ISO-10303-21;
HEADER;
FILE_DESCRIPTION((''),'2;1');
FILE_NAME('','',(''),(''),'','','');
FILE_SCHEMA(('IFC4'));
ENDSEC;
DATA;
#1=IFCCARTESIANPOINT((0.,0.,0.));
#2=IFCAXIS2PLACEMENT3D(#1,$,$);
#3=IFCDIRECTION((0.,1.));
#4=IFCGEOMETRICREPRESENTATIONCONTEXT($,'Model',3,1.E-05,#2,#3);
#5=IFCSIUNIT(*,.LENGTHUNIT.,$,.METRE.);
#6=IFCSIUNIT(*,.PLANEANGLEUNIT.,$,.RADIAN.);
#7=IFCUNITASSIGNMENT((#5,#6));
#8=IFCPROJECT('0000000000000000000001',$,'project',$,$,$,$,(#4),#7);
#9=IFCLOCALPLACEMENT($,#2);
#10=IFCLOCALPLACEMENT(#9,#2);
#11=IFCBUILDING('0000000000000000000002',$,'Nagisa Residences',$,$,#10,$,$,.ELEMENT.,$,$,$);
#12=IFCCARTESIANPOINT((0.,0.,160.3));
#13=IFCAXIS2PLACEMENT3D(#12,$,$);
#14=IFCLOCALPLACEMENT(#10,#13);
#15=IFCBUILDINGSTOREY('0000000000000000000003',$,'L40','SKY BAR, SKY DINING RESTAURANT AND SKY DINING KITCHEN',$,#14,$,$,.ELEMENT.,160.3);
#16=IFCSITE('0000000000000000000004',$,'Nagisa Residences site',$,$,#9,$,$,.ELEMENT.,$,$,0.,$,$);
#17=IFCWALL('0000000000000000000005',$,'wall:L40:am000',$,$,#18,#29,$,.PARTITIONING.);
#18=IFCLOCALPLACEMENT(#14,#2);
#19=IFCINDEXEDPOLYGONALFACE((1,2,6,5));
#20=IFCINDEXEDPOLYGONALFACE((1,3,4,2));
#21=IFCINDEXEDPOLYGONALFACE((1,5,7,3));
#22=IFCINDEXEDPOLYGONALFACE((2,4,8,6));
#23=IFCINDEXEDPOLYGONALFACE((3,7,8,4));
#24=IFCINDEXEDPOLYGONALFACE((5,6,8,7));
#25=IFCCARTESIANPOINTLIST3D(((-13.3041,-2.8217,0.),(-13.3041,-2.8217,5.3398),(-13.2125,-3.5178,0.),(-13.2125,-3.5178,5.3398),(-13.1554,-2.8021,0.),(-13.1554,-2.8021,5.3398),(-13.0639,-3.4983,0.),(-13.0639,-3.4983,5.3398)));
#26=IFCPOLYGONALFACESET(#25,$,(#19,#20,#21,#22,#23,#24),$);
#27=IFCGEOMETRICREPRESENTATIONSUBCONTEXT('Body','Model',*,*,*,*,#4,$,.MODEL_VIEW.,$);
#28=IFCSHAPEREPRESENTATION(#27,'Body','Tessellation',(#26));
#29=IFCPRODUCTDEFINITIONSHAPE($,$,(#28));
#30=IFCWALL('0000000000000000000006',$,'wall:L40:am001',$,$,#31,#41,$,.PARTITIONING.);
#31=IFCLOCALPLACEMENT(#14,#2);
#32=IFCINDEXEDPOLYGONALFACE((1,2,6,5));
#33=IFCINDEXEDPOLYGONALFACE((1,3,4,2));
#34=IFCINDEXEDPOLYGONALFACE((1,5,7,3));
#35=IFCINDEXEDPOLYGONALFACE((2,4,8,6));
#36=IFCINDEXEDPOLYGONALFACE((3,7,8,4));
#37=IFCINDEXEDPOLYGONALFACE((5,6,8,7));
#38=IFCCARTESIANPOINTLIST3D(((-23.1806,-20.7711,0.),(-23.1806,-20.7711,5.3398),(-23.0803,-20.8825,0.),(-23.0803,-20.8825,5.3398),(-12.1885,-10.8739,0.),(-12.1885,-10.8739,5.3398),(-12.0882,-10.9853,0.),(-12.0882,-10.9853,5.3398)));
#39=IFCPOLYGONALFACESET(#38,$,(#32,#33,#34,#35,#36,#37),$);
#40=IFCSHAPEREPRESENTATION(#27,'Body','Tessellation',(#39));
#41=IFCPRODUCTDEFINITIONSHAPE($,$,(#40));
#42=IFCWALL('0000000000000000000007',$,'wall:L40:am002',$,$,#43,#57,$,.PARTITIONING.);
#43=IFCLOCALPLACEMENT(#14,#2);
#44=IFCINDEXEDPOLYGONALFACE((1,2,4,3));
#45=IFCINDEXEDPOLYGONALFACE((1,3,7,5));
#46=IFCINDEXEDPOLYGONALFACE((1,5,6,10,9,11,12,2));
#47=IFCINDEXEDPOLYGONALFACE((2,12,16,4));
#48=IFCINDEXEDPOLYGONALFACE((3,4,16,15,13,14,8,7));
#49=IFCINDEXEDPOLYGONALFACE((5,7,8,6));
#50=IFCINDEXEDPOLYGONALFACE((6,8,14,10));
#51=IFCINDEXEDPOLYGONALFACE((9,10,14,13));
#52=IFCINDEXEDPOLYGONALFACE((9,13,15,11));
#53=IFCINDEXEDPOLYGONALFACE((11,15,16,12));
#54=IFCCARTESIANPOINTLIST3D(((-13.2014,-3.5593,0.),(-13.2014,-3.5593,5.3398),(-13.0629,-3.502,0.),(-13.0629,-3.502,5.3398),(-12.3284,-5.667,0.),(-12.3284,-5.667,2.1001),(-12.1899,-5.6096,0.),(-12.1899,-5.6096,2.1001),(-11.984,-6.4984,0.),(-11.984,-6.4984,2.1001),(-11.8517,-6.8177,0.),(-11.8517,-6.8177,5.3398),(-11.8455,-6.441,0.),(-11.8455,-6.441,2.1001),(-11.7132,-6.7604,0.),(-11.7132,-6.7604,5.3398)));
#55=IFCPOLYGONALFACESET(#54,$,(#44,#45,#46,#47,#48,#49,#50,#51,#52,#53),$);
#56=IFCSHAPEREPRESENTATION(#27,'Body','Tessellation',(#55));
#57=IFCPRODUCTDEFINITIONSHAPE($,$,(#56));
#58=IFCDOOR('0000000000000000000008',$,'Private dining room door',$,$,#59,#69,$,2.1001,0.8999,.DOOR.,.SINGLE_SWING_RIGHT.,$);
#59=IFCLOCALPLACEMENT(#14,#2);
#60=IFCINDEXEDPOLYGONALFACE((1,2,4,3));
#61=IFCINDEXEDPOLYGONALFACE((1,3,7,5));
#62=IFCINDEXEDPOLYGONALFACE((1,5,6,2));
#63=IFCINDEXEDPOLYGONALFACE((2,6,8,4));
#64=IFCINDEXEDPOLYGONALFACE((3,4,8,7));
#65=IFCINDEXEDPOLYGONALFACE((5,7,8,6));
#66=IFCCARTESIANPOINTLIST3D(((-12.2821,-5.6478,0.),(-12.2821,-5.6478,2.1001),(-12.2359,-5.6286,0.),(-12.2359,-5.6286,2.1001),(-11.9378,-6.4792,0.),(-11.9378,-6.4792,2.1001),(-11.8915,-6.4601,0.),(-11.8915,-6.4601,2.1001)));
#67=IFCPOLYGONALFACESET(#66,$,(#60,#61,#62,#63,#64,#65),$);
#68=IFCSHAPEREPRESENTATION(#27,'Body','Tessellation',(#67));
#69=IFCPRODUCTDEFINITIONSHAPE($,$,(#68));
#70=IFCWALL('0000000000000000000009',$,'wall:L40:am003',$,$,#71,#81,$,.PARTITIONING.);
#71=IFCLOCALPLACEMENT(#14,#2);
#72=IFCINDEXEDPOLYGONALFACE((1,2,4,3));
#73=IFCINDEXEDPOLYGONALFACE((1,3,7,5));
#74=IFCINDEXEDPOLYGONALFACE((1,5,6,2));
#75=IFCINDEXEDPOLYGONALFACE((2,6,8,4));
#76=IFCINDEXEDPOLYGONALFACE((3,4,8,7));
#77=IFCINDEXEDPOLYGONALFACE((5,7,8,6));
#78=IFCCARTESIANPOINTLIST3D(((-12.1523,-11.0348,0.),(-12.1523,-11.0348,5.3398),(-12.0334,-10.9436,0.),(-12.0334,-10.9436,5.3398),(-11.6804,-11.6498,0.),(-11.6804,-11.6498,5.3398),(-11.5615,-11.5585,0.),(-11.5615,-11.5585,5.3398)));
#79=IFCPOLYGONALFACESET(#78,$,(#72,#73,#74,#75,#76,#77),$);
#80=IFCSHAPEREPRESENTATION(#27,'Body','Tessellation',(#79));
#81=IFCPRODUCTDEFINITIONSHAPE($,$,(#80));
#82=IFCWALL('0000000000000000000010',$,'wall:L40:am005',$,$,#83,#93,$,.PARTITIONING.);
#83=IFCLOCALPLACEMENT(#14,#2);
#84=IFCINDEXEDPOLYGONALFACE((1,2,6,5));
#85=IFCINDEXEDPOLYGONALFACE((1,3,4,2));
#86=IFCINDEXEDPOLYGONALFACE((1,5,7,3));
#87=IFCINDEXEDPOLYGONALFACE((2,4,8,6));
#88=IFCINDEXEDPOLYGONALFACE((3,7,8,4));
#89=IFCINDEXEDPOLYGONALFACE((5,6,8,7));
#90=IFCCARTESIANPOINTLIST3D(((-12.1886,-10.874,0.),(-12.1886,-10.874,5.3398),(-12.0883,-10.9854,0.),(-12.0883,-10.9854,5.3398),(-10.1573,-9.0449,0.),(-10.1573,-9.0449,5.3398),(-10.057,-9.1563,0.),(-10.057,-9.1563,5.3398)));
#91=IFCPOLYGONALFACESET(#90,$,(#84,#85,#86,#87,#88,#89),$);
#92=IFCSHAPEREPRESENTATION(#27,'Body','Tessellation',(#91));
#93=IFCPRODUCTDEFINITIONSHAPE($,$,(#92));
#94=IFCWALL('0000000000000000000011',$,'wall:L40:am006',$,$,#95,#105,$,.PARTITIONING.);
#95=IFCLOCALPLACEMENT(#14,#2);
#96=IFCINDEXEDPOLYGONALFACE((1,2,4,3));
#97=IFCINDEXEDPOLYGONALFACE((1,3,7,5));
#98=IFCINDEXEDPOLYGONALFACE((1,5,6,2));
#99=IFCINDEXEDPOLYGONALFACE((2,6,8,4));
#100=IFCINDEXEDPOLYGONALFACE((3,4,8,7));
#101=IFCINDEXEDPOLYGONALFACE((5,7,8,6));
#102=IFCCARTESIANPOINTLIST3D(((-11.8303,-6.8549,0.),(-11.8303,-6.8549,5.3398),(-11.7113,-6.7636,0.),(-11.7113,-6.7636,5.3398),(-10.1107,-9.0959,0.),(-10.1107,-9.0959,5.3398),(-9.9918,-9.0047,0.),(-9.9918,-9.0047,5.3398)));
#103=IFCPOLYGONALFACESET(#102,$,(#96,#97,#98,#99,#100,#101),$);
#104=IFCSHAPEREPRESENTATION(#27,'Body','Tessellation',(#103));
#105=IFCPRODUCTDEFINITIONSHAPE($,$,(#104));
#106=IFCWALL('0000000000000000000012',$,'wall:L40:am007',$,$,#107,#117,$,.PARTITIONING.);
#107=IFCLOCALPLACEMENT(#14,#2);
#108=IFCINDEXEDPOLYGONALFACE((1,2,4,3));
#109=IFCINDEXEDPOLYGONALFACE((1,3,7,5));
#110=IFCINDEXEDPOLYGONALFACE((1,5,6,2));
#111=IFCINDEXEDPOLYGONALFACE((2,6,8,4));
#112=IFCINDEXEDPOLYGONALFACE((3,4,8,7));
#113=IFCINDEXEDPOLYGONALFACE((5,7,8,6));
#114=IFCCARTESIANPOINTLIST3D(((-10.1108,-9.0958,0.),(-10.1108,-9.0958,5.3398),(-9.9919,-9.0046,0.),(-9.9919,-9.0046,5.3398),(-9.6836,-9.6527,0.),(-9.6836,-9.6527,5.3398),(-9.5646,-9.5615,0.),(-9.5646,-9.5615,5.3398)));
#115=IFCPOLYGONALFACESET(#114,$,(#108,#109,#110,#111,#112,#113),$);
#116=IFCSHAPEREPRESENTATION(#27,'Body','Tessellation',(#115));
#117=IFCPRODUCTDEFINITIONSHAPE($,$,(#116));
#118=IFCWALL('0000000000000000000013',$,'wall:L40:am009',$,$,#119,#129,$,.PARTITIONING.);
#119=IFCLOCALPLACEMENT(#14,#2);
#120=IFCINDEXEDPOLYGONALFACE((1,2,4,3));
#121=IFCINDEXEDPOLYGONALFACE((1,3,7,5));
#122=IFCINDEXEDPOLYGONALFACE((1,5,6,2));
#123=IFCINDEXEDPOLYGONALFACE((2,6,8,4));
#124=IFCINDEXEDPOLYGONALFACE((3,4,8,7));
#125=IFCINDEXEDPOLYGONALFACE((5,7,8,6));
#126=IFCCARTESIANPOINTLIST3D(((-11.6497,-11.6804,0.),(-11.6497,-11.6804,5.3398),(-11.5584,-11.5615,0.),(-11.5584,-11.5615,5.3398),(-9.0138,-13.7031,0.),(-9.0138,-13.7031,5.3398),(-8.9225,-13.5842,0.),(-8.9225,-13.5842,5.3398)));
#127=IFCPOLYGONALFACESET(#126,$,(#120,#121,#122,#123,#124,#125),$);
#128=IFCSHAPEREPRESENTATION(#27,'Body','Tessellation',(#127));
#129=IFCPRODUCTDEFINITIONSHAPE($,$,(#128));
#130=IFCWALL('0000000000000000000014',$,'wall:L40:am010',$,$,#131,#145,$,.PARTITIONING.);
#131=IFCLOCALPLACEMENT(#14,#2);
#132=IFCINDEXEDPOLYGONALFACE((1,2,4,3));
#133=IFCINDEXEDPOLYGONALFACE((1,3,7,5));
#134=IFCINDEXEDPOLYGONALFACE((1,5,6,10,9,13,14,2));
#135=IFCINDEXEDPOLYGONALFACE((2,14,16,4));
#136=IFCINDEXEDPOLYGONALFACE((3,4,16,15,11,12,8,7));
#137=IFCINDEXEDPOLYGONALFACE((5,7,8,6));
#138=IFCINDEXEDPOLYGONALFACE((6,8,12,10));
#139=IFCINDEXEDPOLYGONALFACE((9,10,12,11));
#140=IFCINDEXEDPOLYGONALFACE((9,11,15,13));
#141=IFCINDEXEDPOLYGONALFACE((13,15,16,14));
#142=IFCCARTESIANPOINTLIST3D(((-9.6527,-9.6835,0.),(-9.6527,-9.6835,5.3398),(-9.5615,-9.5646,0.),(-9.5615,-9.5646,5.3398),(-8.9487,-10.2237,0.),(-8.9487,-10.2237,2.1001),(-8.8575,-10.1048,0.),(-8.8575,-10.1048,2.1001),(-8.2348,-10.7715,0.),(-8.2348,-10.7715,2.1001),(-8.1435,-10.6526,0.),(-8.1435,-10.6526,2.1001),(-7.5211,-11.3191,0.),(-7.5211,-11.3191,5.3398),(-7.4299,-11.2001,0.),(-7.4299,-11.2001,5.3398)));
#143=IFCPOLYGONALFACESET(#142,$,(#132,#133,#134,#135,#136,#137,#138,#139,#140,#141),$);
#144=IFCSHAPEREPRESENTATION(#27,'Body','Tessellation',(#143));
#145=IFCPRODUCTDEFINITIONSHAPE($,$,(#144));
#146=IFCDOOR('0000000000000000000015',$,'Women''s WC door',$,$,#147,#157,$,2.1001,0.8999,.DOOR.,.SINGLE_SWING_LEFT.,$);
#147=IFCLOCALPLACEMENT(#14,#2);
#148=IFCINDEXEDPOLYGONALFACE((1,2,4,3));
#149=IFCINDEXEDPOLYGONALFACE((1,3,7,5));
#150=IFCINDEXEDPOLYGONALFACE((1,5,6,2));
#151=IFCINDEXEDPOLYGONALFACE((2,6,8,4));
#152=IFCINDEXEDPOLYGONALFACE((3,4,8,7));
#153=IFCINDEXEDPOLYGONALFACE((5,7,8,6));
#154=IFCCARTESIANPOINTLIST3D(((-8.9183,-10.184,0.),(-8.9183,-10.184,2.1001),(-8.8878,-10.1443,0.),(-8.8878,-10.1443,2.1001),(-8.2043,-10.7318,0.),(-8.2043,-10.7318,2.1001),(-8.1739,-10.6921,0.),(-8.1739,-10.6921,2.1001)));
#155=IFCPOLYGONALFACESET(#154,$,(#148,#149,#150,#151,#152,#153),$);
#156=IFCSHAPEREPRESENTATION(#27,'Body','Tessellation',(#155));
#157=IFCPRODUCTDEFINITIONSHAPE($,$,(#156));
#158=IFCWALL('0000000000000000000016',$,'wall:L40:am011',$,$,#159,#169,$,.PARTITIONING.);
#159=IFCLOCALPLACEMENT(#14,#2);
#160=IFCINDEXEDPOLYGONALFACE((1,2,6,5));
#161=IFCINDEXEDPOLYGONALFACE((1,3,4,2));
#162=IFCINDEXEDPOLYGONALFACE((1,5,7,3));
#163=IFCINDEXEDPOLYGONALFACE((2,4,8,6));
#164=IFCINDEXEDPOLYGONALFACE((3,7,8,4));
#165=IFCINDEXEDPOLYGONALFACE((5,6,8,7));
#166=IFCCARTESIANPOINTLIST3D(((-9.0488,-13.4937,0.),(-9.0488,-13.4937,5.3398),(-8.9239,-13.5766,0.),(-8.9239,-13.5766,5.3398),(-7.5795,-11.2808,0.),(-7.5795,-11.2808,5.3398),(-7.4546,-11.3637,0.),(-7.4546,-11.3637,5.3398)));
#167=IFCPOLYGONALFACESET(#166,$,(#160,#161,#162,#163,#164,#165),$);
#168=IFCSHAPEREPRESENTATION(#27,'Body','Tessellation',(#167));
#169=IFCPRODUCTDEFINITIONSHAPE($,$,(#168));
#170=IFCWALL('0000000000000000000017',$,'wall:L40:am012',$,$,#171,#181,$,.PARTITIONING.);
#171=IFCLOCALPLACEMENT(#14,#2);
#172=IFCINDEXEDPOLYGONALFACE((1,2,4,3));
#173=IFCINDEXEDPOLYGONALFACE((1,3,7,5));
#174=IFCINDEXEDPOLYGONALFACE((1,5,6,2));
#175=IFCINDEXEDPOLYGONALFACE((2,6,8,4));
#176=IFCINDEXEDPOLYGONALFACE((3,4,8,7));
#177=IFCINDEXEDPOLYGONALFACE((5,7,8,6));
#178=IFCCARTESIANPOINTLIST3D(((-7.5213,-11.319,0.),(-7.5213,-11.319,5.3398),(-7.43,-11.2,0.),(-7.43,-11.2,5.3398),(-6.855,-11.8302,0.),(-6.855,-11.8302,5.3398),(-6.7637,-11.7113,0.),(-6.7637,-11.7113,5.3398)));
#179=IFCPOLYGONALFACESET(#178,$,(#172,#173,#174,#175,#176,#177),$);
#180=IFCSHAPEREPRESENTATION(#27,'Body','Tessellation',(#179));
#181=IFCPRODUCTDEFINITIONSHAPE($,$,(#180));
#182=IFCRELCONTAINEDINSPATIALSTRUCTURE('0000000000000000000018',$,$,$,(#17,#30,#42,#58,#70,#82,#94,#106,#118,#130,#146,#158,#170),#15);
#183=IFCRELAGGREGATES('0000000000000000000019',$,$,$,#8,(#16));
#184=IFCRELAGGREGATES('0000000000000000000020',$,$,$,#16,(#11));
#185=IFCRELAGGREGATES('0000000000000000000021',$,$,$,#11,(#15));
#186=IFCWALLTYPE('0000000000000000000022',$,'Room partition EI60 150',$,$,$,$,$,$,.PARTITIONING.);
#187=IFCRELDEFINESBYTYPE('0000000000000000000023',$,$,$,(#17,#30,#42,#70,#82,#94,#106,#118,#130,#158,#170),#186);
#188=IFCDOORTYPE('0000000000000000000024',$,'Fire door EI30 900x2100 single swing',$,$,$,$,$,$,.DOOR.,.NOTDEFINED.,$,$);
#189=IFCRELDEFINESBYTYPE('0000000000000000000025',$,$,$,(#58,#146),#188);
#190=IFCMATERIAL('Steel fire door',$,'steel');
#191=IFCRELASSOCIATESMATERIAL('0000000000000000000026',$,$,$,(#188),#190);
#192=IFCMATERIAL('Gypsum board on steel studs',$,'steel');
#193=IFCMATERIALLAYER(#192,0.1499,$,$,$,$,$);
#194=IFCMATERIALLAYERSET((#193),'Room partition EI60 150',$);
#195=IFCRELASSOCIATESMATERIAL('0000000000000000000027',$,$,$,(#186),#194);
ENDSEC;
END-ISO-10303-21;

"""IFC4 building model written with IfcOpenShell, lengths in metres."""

from ifc_helpers import new_model, si_unit, direction, frame, frame_2d, origin, place, context, subcontext, project, spatial, rectangle, extrude, material, layer, layer_set, type_object, element, fill, save


model = new_model("IFC4")

# Units and contexts
model_context = context("Model", 3, precision=1e-05, world=origin(), true_north=direction((0.0, 1.0)))
body_context = subcontext(model_context, "Body", "Model", "MODEL_VIEW")
ifc_project = project(units=[si_unit("LENGTHUNIT", "METRE"), si_unit("PLANEANGLEUNIT", "RADIAN")], contexts=[model_context])

# Site, building, storey
site_placement = place(None, origin())
site = spatial("IfcSite", under=ifc_project, at=site_placement, Name="Nagisa Residences site", CompositionType="ELEMENT", RefElevation=0.0)
building_placement = place(site_placement, origin())
building = spatial("IfcBuilding", under=site, at=building_placement, Name="Nagisa Residences", CompositionType="ELEMENT")
storey_placement = place(building_placement, frame((0.0, 0.0, 160.3)))
storey = spatial("IfcBuildingStorey", under=building, at=storey_placement, Name="L40", Description="SKY BAR, SKY DINING RESTAURANT AND SKY DINING KITCHEN", CompositionType="ELEMENT", Elevation=160.3)

# Shared definitions
ifc_material_1 = material(Name="Steel fire door", Category="steel")
door_type_1 = type_object("IfcDoorType", Name="Fire door EI30 900x2100 single swing", OperationType="NOTDEFINED", PredefinedType="DOOR", material=ifc_material_1)

# Walls
ifc_material_2 = material(Name="Gypsum board on steel studs", Category="steel")
ifc_layer_1 = layer(ifc_material_2, 0.1499)
ifc_layer_set_1 = layer_set([ifc_layer_1], Name="Room partition EI60 150")
wall_type_1 = type_object("IfcWallType", Name="Room partition EI60 150", PredefinedType="PARTITIONING", material=ifc_layer_set_1)
wall_1_placement = place(storey_placement, frame((-13.1382, -3.5081, 0.0), z_axis=(0.0, 0.0, 1.0), x_axis=(-0.13041, 0.99146, 0.0)))
element("IfcWall", 1, at=wall_1_placement, inside=storey, type_object=wall_type_1, Name="wall:L40:am000", PredefinedType="PARTITIONING", context=body_context, shape_type="SweptSolid", body=[
    extrude(rectangle(XDim=0.7021, YDim=0.1499, at=frame_2d((0.3511, 0.0))), origin(), (0.0, 0.0, 1.0), 5.3398),
])
wall_2_placement = place(storey_placement, frame((-12.1384, -10.9297, 0.0), z_axis=(0.0, 0.0, 1.0), x_axis=(-0.743151, -0.669123, 0.0)))
element("IfcWall", 2, at=wall_2_placement, inside=storey, type_object=wall_type_1, Name="wall:L40:am001", PredefinedType="PARTITIONING", context=body_context, shape_type="SweptSolid", body=[
    extrude(rectangle(XDim=14.7913, YDim=0.1499, at=frame_2d((7.3955, 0.0))), origin(), (0.0, 0.0, 1.0), 5.3398),
])

# Wall, opening, door
wall_3_placement = place(storey_placement, frame((-11.7825, -6.7891, 0.0), z_axis=(0.0, 0.0, 1.0), x_axis=(-0.382678, 0.923882, 0.0)))
wall_3 = element("IfcWall", 3, at=wall_3_placement, inside=storey, type_object=wall_type_1, Name="wall:L40:am002", PredefinedType="PARTITIONING", context=body_context, shape_type="SweptSolid", body=[
    extrude(rectangle(XDim=3.5269, YDim=0.1499, at=frame_2d((1.7634, 0.0))), origin(), (0.0, 0.0, 1.0), 5.3398),
])
opening_1_placement = place(wall_3_placement, frame((0.3457, 0.0, 0.0)))
opening_1 = element("IfcOpeningElement", 4, at=opening_1_placement, cuts=wall_3, PredefinedType="OPENING", context=body_context, shape_type="SweptSolid", body=[
    extrude(rectangle(XDim=0.8999, YDim=2.1001, at=frame_2d((0.45, 1.05))), frame((0.0, 0.085, 0.0), z_axis=(0.0, -1.0, 0.0), x_axis=(1.0, 0.0, 0.0)), (0.0, 0.0, 1.0), 0.1699),
])
door_1_placement = place(opening_1_placement, origin())
door_1 = element("IfcDoor", 5, at=door_1_placement, inside=storey, type_object=door_type_1, Name="Private dining room door", OperationType="SINGLE_SWING_RIGHT", OverallHeight=2.1001, OverallWidth=0.8999, PredefinedType="DOOR", context=body_context, shape_type="SweptSolid", body=[
    extrude(rectangle(XDim=0.8999, YDim=2.1001, at=frame_2d((0.45, 1.05))), frame((0.0, 0.0249, 0.0), z_axis=(0.0, -1.0, 0.0), x_axis=(1.0, 0.0, 0.0)), (0.0, 0.0, 1.0), 0.05),
])
fill(opening_1, door_1)

# Walls
wall_4_placement = place(storey_placement, frame((-11.6208, -11.6042, 0.0), z_axis=(0.0, 0.0, 1.0), x_axis=(-0.608782, 0.793338, 0.0)))
element("IfcWall", 6, at=wall_4_placement, inside=storey, type_object=wall_type_1, Name="wall:L40:am003", PredefinedType="PARTITIONING", context=body_context, shape_type="SweptSolid", body=[
    extrude(rectangle(XDim=0.7751, YDim=0.1499, at=frame_2d((0.3877, 0.0))), origin(), (0.0, 0.0, 1.0), 5.3398),
])
wall_5_placement = place(storey_placement, frame((-10.1072, -9.1006, 0.0), z_axis=(0.0, 0.0, 1.0), x_axis=(-0.743116, -0.669162, 0.0)))
element("IfcWall", 7, at=wall_5_placement, inside=storey, type_object=wall_type_1, Name="wall:L40:am005", PredefinedType="PARTITIONING", context=body_context, shape_type="SweptSolid", body=[
    extrude(rectangle(XDim=2.7334, YDim=0.1499, at=frame_2d((1.3667, 0.0))), origin(), (0.0, 0.0, 1.0), 5.3398),
])
wall_6_placement = place(storey_placement, frame((-10.0513, -9.0503, 0.0), z_axis=(0.0, 0.0, 1.0), x_axis=(-0.608745, 0.793366, 0.0)))
element("IfcWall", 8, at=wall_6_placement, inside=storey, type_object=wall_type_1, Name="wall:L40:am006", PredefinedType="PARTITIONING", context=body_context, shape_type="SweptSolid", body=[
    extrude(rectangle(XDim=2.8247, YDim=0.1499, at=frame_2d((1.4124, 0.0))), origin(), (0.0, 0.0, 1.0), 5.3398),
])
wall_7_placement = place(storey_placement, frame((-9.624, -9.6072, 0.0), z_axis=(0.0, 0.0, 1.0), x_axis=(-0.608702, 0.793399, 0.0)))
element("IfcWall", 9, at=wall_7_placement, inside=storey, type_object=wall_type_1, Name="wall:L40:am007", PredefinedType="PARTITIONING", context=body_context, shape_type="SweptSolid", body=[
    extrude(rectangle(XDim=0.7019, YDim=0.1499, at=frame_2d((0.3511, 0.0))), origin(), (0.0, 0.0, 1.0), 5.3398),
])
wall_8_placement = place(storey_placement, frame((-8.9683, -13.6436, 0.0), z_axis=(0.0, 0.0, 1.0), x_axis=(-0.793347, 0.608769, 0.0)))
element("IfcWall", 10, at=wall_8_placement, inside=storey, type_object=wall_type_1, Name="wall:L40:am009", PredefinedType="PARTITIONING", context=body_context, shape_type="SweptSolid", body=[
    extrude(rectangle(XDim=3.3225, YDim=0.1499, at=frame_2d((1.6611, 0.0))), origin(), (0.0, 0.0, 1.0), 5.3398),
])

# Wall, opening, door
wall_9_placement = place(storey_placement, frame((-7.4756, -11.2595, 0.0), z_axis=(0.0, 0.0, 1.0), x_axis=(-0.793377, 0.608731, 0.0)))
wall_9 = element("IfcWall", 11, at=wall_9_placement, inside=storey, type_object=wall_type_1, Name="wall:L40:am010", PredefinedType="PARTITIONING", context=body_context, shape_type="SweptSolid", body=[
    extrude(rectangle(XDim=2.6868, YDim=0.1499, at=frame_2d((1.3433, 0.0))), origin(), (0.0, 0.0, 1.0), 5.3398),
])
opening_2_placement = place(wall_9_placement, frame((0.8994, 0.0, 0.0)))
opening_2 = element("IfcOpeningElement", 12, at=opening_2_placement, cuts=wall_9, PredefinedType="OPENING", context=body_context, shape_type="SweptSolid", body=[
    extrude(rectangle(XDim=0.8999, YDim=2.1001, at=frame_2d((0.45, 1.05))), frame((0.0, 0.085, 0.0), z_axis=(0.0, -1.0, 0.0), x_axis=(1.0, 0.0, 0.0)), (0.0, 0.0, 1.0), 0.1699),
])
door_2_placement = place(opening_2_placement, origin())
door_2 = element("IfcDoor", 13, at=door_2_placement, inside=storey, type_object=door_type_1, Name="Women's WC door", OperationType="SINGLE_SWING_LEFT", OverallHeight=2.1001, OverallWidth=0.8999, PredefinedType="DOOR", context=body_context, shape_type="SweptSolid", body=[
    extrude(rectangle(XDim=0.8999, YDim=2.1001, at=frame_2d((0.45, 1.05))), frame((0.0, 0.0249, 0.0), z_axis=(0.0, -1.0, 0.0), x_axis=(1.0, 0.0, 0.0)), (0.0, 0.0, 1.0), 0.05),
])
fill(opening_2, door_2)

# Walls
wall_10_placement = place(storey_placement, frame((-7.5171, -11.3223, 0.0), z_axis=(0.0, 0.0, 1.0), x_axis=(-0.55313, -0.833095, 0.0)))
element("IfcWall", 14, at=wall_10_placement, inside=storey, type_object=wall_type_1, Name="wall:L40:am011", PredefinedType="PARTITIONING", context=body_context, shape_type="SweptSolid", body=[
    extrude(rectangle(XDim=2.6562, YDim=0.1499, at=frame_2d((1.3281, 0.0))), origin(), (0.0, 0.0, 1.0), 5.3398),
])
wall_11_placement = place(storey_placement, frame((-6.8093, -11.7708, 0.0), z_axis=(0.0, 0.0, 1.0), x_axis=(-0.793358, 0.608755, 0.0)))
element("IfcWall", 15, at=wall_11_placement, inside=storey, type_object=wall_type_1, Name="wall:L40:am012", PredefinedType="PARTITIONING", context=body_context, shape_type="SweptSolid", body=[
    extrude(rectangle(XDim=0.8398, YDim=0.1499, at=frame_2d((0.4199, 0.0))), origin(), (0.0, 0.0, 1.0), 5.3398),
])

save(model, "model.ifc")
